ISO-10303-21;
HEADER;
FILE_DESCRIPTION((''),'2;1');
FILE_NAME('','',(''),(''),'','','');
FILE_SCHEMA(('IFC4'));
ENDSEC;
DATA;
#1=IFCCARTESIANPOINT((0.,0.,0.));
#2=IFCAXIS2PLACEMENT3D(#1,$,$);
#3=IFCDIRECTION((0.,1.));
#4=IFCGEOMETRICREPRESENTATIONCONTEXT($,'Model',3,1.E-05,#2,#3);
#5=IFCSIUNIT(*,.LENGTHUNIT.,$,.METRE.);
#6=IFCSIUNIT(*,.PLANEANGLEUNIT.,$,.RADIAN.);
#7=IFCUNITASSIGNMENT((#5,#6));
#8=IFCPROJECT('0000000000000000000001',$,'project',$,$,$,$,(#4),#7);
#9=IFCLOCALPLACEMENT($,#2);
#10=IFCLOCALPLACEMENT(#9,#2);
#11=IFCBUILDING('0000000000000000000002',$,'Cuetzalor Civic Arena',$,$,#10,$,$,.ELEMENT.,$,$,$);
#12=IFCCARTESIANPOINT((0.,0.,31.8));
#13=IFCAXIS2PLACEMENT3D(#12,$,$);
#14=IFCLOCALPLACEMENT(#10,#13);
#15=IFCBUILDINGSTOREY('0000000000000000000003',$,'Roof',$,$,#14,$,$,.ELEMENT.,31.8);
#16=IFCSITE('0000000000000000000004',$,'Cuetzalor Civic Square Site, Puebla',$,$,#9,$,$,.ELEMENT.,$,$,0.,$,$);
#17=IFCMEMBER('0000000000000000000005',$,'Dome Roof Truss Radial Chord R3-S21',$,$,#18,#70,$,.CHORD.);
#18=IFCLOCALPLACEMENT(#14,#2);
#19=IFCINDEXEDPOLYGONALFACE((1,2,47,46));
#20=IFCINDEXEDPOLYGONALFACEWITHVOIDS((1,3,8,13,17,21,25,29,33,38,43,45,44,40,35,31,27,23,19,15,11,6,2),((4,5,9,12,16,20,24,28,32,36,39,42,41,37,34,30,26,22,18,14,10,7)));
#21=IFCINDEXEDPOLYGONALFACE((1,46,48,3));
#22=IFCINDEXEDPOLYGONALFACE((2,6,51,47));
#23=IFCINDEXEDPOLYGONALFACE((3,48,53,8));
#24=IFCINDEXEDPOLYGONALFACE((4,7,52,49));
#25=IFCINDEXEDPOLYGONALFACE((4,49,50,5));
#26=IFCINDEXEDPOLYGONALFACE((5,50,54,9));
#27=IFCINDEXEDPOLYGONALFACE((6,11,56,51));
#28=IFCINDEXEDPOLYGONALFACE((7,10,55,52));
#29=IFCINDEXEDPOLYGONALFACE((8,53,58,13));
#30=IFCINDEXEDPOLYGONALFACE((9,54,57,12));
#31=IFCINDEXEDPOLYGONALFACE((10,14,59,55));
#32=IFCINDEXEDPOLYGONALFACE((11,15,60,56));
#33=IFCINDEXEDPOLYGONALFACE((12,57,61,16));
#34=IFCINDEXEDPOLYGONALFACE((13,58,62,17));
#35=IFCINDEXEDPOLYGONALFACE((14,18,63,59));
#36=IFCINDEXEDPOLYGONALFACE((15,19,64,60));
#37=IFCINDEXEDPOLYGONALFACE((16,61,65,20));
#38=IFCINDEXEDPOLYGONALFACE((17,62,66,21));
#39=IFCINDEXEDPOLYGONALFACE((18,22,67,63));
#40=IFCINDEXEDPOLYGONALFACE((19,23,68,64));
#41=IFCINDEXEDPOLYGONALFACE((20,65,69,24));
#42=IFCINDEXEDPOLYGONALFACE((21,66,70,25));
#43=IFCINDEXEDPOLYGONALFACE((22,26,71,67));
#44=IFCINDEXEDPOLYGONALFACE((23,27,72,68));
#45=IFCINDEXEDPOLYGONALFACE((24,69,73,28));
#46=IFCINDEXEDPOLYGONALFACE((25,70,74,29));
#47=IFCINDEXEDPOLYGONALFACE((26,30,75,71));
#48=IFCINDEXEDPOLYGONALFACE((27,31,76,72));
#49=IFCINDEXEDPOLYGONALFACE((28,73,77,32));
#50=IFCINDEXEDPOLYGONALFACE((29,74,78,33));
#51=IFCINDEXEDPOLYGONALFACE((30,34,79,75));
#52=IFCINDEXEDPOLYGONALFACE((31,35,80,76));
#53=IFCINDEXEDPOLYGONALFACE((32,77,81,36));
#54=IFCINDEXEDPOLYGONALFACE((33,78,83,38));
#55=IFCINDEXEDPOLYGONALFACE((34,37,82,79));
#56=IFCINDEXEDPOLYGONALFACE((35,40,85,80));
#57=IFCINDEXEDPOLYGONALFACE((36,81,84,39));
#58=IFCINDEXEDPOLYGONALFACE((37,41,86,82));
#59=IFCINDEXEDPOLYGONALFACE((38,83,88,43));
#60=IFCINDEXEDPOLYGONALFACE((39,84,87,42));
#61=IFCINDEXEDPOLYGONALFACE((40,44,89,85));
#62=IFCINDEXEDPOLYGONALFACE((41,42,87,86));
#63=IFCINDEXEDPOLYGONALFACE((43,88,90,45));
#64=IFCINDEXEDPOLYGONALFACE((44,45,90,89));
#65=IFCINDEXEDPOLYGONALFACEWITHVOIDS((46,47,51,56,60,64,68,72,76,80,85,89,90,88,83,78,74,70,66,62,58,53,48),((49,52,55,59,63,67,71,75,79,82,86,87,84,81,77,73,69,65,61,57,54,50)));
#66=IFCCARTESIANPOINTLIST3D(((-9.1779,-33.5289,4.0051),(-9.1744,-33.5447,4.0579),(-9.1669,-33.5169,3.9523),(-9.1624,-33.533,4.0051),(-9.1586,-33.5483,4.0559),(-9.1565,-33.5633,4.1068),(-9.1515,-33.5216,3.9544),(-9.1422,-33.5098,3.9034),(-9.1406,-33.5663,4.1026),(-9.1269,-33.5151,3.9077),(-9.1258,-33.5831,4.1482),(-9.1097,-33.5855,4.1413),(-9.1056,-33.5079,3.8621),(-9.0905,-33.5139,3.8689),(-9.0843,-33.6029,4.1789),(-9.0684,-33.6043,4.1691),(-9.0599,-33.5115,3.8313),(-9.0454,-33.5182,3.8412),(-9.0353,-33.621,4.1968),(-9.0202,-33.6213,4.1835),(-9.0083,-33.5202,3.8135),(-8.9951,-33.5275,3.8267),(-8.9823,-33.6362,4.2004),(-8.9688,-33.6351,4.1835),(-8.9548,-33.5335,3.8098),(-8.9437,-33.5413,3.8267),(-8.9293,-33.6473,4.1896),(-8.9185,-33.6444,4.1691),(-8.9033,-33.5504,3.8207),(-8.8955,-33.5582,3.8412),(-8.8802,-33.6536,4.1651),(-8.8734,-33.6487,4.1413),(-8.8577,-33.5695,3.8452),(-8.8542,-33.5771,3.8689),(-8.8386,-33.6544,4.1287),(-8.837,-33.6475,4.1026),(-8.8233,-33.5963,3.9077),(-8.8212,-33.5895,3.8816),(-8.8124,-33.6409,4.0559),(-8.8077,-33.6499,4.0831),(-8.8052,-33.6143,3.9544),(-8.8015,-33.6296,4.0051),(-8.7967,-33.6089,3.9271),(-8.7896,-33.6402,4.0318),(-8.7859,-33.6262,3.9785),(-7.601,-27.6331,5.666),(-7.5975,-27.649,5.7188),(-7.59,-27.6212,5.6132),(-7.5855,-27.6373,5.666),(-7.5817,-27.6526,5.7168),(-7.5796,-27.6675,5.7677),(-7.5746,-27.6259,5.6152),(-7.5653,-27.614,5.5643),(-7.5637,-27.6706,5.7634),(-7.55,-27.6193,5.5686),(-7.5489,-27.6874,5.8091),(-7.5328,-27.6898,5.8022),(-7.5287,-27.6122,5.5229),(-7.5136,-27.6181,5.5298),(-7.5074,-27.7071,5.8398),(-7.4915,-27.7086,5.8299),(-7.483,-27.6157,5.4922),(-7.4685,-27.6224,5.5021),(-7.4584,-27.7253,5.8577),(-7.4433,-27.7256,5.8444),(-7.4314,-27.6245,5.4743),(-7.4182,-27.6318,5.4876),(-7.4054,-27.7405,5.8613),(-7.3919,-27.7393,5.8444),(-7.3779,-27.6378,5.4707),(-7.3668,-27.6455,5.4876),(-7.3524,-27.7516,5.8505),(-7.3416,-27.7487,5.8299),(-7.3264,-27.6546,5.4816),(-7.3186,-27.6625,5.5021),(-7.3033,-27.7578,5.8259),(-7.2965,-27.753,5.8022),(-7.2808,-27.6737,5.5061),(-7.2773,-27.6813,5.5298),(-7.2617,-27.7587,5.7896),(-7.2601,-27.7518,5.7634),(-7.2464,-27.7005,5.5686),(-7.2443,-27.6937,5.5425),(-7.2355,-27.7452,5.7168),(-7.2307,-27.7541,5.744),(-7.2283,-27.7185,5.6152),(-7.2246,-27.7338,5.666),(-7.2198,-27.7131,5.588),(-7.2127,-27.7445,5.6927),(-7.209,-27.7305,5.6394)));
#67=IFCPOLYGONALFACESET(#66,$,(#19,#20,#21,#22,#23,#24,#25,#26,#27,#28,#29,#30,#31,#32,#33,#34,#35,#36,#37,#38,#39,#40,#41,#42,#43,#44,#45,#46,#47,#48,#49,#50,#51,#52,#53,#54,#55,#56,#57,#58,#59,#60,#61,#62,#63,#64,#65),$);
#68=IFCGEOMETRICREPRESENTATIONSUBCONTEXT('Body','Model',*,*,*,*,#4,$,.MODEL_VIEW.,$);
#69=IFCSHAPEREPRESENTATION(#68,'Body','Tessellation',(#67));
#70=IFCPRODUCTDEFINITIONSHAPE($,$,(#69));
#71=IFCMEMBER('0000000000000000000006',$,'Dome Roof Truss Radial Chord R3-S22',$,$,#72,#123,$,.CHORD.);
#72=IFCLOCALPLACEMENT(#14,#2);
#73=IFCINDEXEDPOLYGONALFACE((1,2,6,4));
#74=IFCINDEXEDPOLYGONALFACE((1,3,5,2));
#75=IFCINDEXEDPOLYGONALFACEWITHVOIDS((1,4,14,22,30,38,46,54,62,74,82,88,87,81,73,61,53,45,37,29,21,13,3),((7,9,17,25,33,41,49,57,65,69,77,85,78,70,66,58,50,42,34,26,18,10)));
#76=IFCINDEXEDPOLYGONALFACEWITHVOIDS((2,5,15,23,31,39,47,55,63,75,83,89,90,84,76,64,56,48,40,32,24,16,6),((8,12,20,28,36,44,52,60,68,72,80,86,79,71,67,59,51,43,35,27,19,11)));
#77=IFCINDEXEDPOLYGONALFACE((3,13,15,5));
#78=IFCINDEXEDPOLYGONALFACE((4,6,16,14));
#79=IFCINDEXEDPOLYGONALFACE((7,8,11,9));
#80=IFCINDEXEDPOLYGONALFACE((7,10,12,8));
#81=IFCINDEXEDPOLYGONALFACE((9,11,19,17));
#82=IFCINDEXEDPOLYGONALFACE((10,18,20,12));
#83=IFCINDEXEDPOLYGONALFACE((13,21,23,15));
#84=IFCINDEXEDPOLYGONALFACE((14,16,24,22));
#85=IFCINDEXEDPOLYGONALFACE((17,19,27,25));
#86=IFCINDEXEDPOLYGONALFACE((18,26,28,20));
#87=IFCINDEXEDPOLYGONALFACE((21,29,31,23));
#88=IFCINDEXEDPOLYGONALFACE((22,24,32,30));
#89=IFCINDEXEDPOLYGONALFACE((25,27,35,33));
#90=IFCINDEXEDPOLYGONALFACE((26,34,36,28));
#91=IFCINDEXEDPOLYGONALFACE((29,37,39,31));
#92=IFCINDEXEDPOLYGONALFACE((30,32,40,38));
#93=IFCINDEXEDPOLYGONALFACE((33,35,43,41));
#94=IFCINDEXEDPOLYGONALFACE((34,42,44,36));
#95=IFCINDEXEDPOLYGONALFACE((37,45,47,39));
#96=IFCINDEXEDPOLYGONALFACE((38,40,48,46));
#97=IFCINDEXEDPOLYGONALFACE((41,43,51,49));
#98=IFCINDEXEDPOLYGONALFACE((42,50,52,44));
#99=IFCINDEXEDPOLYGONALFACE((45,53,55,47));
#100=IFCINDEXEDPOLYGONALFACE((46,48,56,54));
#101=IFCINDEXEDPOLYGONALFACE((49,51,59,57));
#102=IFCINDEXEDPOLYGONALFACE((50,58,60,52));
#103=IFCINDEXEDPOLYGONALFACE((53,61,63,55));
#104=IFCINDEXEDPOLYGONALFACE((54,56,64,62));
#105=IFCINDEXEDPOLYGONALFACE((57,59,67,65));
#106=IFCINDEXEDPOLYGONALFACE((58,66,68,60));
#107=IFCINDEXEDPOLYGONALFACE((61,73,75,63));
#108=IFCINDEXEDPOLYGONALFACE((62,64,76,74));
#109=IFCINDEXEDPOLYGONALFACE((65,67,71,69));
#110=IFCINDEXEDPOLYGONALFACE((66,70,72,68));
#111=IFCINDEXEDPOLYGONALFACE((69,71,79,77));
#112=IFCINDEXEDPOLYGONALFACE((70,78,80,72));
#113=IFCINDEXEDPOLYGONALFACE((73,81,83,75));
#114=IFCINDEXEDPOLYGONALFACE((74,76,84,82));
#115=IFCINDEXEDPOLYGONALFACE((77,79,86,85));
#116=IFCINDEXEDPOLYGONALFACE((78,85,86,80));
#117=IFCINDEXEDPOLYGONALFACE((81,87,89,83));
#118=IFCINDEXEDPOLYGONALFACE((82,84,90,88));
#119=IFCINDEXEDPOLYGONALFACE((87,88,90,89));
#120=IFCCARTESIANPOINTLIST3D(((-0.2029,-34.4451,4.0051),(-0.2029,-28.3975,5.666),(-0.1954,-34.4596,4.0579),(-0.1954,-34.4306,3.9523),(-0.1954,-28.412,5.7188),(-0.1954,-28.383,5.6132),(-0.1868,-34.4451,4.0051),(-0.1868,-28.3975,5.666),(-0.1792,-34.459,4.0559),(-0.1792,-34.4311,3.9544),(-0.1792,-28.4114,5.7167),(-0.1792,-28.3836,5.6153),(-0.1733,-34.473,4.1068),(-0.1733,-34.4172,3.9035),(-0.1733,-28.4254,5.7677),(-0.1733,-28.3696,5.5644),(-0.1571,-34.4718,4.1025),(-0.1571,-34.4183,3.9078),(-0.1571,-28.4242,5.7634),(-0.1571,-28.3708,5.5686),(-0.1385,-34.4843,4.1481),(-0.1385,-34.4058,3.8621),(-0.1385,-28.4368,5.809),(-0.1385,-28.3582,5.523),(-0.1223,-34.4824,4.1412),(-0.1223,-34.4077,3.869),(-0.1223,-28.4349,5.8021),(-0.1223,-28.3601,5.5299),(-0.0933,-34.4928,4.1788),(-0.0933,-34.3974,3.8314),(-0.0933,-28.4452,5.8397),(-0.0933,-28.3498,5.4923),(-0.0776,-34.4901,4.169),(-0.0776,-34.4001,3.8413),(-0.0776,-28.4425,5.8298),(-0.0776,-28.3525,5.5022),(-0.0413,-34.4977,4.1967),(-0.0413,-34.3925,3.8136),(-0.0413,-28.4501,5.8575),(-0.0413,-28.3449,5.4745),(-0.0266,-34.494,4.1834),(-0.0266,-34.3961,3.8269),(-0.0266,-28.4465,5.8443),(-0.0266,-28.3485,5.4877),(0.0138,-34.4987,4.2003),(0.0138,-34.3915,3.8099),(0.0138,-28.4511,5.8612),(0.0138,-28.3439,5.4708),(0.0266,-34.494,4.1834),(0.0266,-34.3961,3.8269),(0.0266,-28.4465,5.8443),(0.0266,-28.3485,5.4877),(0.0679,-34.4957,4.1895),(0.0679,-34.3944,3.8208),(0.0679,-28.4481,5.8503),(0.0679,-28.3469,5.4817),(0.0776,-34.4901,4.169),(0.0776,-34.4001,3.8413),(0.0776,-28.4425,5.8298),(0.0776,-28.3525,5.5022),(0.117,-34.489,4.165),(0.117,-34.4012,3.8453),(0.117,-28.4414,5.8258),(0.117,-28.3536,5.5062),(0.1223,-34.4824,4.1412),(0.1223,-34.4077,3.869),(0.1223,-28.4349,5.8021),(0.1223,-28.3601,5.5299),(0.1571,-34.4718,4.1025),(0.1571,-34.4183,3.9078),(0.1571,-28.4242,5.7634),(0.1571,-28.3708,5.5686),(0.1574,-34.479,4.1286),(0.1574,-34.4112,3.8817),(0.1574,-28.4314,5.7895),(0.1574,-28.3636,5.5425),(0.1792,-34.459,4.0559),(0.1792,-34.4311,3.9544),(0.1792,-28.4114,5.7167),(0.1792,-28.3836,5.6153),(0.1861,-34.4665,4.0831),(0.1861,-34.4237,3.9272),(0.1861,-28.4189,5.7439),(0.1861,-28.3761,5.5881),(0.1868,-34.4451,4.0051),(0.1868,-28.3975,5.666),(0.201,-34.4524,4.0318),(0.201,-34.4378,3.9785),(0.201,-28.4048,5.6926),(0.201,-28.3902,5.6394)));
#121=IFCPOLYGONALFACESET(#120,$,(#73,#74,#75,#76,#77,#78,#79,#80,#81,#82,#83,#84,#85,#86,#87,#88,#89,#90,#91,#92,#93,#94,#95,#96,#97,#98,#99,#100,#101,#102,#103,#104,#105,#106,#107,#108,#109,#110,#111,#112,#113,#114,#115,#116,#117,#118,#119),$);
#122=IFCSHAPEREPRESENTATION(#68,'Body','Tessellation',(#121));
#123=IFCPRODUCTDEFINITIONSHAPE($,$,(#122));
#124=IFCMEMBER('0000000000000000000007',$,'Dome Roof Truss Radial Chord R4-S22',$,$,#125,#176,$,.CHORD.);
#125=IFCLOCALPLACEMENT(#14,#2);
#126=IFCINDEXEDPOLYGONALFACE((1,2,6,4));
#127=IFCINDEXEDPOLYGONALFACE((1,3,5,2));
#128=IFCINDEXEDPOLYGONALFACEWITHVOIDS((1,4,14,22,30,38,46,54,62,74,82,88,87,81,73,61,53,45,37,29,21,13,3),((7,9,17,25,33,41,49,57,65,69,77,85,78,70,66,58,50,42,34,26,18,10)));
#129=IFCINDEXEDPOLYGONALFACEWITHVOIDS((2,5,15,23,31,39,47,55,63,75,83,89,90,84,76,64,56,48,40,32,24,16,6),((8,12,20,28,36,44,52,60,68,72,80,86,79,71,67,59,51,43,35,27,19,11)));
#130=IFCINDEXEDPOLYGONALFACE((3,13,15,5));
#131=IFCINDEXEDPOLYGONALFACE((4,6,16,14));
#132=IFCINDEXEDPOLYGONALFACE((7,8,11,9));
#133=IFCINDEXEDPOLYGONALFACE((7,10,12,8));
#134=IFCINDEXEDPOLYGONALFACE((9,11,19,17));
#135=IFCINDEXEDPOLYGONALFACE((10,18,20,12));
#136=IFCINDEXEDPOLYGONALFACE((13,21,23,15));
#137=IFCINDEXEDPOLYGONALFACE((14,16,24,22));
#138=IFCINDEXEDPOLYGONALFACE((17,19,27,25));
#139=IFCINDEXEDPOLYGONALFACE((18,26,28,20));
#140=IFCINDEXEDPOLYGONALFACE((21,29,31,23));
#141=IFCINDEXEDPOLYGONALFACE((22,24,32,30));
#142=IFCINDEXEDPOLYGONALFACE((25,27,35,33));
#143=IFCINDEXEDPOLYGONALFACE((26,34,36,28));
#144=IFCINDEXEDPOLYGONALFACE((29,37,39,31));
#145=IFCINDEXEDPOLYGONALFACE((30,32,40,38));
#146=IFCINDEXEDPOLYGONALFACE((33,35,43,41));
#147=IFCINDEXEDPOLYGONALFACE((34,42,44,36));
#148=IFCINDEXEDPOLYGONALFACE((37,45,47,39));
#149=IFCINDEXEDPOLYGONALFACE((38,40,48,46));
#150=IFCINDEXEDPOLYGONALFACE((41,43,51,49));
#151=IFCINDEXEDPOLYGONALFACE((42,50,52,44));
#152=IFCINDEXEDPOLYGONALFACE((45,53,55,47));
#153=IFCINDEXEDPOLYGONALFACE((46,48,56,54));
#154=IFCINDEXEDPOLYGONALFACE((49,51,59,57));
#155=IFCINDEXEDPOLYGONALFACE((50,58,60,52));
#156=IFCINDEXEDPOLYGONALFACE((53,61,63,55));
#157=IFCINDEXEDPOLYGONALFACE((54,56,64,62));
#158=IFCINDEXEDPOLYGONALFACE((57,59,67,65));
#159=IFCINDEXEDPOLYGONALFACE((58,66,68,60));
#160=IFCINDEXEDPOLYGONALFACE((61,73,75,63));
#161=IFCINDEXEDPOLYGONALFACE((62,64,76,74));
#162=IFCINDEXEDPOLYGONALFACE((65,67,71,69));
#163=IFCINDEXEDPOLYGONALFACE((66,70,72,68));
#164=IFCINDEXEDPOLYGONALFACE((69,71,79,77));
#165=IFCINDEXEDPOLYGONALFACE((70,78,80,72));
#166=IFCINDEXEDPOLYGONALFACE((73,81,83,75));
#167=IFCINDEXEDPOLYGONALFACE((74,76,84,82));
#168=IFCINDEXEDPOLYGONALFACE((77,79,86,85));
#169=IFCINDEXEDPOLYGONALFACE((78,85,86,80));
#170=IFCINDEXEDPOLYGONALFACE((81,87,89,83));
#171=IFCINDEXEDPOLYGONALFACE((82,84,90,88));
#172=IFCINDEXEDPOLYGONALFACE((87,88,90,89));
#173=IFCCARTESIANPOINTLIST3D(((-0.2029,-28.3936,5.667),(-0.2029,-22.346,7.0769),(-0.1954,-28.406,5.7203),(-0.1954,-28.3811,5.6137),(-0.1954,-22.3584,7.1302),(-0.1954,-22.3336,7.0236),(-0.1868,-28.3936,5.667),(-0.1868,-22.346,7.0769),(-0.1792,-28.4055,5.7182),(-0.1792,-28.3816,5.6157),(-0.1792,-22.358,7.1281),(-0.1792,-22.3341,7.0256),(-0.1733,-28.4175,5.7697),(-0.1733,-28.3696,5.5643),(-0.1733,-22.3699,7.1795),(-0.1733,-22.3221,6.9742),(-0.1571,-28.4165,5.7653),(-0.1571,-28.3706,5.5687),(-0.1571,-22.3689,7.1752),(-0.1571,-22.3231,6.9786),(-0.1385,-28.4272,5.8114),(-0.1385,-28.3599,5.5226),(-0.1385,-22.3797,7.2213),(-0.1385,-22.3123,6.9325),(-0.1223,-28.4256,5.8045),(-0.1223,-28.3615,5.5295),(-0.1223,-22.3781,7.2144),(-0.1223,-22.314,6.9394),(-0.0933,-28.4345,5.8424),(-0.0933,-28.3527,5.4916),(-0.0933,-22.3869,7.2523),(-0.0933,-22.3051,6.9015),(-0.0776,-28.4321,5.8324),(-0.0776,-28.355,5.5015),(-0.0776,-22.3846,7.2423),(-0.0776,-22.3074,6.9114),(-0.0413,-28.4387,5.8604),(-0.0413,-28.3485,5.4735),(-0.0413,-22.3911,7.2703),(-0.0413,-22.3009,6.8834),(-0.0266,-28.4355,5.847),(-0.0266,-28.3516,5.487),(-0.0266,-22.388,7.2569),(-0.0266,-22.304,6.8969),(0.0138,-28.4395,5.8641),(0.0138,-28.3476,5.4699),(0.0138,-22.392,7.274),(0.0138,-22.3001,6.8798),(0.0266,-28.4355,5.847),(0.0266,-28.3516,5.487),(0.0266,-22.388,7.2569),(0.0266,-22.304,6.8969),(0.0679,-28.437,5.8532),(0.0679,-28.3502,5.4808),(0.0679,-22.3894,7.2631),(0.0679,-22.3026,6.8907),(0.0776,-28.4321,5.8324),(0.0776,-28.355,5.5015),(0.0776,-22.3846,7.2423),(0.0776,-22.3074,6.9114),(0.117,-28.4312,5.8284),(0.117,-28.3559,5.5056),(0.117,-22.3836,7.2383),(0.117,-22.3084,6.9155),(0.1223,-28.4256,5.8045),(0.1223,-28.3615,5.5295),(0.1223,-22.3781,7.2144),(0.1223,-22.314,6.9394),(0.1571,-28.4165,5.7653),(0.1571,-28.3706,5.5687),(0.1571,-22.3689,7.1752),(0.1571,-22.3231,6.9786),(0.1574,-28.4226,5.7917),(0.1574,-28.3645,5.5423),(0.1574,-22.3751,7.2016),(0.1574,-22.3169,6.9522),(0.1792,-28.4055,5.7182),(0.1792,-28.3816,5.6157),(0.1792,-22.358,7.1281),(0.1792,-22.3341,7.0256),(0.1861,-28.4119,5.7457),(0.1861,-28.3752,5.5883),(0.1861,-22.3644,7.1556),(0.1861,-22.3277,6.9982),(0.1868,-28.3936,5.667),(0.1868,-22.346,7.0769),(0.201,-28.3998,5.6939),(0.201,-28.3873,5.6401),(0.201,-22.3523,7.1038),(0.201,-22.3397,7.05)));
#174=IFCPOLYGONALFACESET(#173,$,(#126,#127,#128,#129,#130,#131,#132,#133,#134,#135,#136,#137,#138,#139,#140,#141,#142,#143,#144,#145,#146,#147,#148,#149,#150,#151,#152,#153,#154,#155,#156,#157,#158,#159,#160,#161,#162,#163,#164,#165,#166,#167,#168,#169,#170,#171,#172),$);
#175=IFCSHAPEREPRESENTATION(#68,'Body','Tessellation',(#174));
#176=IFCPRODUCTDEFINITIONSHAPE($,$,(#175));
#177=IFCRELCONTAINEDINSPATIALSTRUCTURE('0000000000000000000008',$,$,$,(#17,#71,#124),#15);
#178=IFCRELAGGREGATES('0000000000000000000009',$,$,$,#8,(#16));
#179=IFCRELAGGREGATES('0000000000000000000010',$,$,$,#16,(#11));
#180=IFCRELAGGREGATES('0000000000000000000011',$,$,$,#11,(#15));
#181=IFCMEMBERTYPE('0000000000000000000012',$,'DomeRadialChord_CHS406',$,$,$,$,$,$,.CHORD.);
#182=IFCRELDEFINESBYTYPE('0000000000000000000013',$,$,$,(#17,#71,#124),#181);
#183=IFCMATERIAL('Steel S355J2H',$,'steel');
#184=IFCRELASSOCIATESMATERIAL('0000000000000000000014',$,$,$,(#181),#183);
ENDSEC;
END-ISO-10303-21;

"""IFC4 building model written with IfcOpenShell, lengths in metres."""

from ifc_helpers import new_model, si_unit, direction, frame, origin, origin_2d, place, context, subcontext, project, spatial, hollow_circle, extrude, material, material_profile, profile_set, type_object, element, save


model = new_model("IFC4")

# Units and contexts
model_context = context("Model", 3, precision=1e-05, world=origin(), true_north=direction((0.0, 1.0)))
body_context = subcontext(model_context, "Body", "Model", "MODEL_VIEW")
ifc_project = project(units=[si_unit("LENGTHUNIT", "METRE"), si_unit("PLANEANGLEUNIT", "RADIAN")], contexts=[model_context])

# Site, building, storey
site_placement = place(None, origin())
site = spatial("IfcSite", under=ifc_project, at=site_placement, Name="Cuetzalor Civic Square Site, Puebla", CompositionType="ELEMENT", RefElevation=0.0)
building_placement = place(site_placement, origin())
building = spatial("IfcBuilding", under=site, at=building_placement, Name="Cuetzalor Civic Arena", CompositionType="ELEMENT")
storey_placement = place(building_placement, frame((0.0, 0.0, 31.8)))
storey = spatial("IfcBuildingStorey", under=building, at=storey_placement, Name="Roof", CompositionType="ELEMENT", Elevation=31.8)

# Members
ifc_material_1 = material(Name="Steel S355J2H", Category="steel")
ifc_material_profile_1 = material_profile(ifc_material_1, hollow_circle(Radius=0.2029, WallThickness=0.0161, at=origin_2d()), Name="CHS 406x16")
ifc_profile_set_1 = profile_set([ifc_material_profile_1], Name="Steel S355J2H")
member_type_1 = type_object("IfcMemberType", Name="DomeRadialChord_CHS406", PredefinedType="CHORD", material=ifc_profile_set_1)
member_1_placement = place(storey_placement, frame((-8.9819, -33.5813, 4.0051), z_axis=(0.249315, 0.932141, 0.262593), x_axis=(-0.966043, 0.258382, 0.0)))
element("IfcMember", 1, at=member_1_placement, inside=storey, type_object=member_type_1, Name="Dome Roof Truss Radial Chord R3-S21", PredefinedType="CHORD", context=body_context, shape_type="SweptSolid", body=[
    extrude(hollow_circle(Radius=0.2029, WallThickness=0.0161, at=origin_2d()), origin(), (0.0, 0.0, 1.0), 6.325),
])
member_2_placement = place(storey_placement, frame((0.0, -34.4451, 4.0051), z_axis=(0.0, 0.964295, 0.26483), x_axis=(-1.0, 0.0, 0.0)))
element("IfcMember", 2, at=member_2_placement, inside=storey, type_object=member_type_1, Name="Dome Roof Truss Radial Chord R3-S22", PredefinedType="CHORD", context=body_context, shape_type="SweptSolid", body=[
    extrude(hollow_circle(Radius=0.2029, WallThickness=0.0161, at=origin_2d()), origin(), (0.0, 0.0, 1.0), 6.2715),
])
member_3_placement = place(storey_placement, frame((0.0, -28.3936, 5.667), z_axis=(0.0, 0.973884, 0.227047), x_axis=(-1.0, 0.0, 0.0)))
element("IfcMember", 3, at=member_3_placement, inside=storey, type_object=member_type_1, Name="Dome Roof Truss Radial Chord R4-S22", PredefinedType="CHORD", context=body_context, shape_type="SweptSolid", body=[
    extrude(hollow_circle(Radius=0.2029, WallThickness=0.0161, at=origin_2d()), origin(), (0.0, 0.0, 1.0), 6.2097),
])

save(model, "model.ifc")
